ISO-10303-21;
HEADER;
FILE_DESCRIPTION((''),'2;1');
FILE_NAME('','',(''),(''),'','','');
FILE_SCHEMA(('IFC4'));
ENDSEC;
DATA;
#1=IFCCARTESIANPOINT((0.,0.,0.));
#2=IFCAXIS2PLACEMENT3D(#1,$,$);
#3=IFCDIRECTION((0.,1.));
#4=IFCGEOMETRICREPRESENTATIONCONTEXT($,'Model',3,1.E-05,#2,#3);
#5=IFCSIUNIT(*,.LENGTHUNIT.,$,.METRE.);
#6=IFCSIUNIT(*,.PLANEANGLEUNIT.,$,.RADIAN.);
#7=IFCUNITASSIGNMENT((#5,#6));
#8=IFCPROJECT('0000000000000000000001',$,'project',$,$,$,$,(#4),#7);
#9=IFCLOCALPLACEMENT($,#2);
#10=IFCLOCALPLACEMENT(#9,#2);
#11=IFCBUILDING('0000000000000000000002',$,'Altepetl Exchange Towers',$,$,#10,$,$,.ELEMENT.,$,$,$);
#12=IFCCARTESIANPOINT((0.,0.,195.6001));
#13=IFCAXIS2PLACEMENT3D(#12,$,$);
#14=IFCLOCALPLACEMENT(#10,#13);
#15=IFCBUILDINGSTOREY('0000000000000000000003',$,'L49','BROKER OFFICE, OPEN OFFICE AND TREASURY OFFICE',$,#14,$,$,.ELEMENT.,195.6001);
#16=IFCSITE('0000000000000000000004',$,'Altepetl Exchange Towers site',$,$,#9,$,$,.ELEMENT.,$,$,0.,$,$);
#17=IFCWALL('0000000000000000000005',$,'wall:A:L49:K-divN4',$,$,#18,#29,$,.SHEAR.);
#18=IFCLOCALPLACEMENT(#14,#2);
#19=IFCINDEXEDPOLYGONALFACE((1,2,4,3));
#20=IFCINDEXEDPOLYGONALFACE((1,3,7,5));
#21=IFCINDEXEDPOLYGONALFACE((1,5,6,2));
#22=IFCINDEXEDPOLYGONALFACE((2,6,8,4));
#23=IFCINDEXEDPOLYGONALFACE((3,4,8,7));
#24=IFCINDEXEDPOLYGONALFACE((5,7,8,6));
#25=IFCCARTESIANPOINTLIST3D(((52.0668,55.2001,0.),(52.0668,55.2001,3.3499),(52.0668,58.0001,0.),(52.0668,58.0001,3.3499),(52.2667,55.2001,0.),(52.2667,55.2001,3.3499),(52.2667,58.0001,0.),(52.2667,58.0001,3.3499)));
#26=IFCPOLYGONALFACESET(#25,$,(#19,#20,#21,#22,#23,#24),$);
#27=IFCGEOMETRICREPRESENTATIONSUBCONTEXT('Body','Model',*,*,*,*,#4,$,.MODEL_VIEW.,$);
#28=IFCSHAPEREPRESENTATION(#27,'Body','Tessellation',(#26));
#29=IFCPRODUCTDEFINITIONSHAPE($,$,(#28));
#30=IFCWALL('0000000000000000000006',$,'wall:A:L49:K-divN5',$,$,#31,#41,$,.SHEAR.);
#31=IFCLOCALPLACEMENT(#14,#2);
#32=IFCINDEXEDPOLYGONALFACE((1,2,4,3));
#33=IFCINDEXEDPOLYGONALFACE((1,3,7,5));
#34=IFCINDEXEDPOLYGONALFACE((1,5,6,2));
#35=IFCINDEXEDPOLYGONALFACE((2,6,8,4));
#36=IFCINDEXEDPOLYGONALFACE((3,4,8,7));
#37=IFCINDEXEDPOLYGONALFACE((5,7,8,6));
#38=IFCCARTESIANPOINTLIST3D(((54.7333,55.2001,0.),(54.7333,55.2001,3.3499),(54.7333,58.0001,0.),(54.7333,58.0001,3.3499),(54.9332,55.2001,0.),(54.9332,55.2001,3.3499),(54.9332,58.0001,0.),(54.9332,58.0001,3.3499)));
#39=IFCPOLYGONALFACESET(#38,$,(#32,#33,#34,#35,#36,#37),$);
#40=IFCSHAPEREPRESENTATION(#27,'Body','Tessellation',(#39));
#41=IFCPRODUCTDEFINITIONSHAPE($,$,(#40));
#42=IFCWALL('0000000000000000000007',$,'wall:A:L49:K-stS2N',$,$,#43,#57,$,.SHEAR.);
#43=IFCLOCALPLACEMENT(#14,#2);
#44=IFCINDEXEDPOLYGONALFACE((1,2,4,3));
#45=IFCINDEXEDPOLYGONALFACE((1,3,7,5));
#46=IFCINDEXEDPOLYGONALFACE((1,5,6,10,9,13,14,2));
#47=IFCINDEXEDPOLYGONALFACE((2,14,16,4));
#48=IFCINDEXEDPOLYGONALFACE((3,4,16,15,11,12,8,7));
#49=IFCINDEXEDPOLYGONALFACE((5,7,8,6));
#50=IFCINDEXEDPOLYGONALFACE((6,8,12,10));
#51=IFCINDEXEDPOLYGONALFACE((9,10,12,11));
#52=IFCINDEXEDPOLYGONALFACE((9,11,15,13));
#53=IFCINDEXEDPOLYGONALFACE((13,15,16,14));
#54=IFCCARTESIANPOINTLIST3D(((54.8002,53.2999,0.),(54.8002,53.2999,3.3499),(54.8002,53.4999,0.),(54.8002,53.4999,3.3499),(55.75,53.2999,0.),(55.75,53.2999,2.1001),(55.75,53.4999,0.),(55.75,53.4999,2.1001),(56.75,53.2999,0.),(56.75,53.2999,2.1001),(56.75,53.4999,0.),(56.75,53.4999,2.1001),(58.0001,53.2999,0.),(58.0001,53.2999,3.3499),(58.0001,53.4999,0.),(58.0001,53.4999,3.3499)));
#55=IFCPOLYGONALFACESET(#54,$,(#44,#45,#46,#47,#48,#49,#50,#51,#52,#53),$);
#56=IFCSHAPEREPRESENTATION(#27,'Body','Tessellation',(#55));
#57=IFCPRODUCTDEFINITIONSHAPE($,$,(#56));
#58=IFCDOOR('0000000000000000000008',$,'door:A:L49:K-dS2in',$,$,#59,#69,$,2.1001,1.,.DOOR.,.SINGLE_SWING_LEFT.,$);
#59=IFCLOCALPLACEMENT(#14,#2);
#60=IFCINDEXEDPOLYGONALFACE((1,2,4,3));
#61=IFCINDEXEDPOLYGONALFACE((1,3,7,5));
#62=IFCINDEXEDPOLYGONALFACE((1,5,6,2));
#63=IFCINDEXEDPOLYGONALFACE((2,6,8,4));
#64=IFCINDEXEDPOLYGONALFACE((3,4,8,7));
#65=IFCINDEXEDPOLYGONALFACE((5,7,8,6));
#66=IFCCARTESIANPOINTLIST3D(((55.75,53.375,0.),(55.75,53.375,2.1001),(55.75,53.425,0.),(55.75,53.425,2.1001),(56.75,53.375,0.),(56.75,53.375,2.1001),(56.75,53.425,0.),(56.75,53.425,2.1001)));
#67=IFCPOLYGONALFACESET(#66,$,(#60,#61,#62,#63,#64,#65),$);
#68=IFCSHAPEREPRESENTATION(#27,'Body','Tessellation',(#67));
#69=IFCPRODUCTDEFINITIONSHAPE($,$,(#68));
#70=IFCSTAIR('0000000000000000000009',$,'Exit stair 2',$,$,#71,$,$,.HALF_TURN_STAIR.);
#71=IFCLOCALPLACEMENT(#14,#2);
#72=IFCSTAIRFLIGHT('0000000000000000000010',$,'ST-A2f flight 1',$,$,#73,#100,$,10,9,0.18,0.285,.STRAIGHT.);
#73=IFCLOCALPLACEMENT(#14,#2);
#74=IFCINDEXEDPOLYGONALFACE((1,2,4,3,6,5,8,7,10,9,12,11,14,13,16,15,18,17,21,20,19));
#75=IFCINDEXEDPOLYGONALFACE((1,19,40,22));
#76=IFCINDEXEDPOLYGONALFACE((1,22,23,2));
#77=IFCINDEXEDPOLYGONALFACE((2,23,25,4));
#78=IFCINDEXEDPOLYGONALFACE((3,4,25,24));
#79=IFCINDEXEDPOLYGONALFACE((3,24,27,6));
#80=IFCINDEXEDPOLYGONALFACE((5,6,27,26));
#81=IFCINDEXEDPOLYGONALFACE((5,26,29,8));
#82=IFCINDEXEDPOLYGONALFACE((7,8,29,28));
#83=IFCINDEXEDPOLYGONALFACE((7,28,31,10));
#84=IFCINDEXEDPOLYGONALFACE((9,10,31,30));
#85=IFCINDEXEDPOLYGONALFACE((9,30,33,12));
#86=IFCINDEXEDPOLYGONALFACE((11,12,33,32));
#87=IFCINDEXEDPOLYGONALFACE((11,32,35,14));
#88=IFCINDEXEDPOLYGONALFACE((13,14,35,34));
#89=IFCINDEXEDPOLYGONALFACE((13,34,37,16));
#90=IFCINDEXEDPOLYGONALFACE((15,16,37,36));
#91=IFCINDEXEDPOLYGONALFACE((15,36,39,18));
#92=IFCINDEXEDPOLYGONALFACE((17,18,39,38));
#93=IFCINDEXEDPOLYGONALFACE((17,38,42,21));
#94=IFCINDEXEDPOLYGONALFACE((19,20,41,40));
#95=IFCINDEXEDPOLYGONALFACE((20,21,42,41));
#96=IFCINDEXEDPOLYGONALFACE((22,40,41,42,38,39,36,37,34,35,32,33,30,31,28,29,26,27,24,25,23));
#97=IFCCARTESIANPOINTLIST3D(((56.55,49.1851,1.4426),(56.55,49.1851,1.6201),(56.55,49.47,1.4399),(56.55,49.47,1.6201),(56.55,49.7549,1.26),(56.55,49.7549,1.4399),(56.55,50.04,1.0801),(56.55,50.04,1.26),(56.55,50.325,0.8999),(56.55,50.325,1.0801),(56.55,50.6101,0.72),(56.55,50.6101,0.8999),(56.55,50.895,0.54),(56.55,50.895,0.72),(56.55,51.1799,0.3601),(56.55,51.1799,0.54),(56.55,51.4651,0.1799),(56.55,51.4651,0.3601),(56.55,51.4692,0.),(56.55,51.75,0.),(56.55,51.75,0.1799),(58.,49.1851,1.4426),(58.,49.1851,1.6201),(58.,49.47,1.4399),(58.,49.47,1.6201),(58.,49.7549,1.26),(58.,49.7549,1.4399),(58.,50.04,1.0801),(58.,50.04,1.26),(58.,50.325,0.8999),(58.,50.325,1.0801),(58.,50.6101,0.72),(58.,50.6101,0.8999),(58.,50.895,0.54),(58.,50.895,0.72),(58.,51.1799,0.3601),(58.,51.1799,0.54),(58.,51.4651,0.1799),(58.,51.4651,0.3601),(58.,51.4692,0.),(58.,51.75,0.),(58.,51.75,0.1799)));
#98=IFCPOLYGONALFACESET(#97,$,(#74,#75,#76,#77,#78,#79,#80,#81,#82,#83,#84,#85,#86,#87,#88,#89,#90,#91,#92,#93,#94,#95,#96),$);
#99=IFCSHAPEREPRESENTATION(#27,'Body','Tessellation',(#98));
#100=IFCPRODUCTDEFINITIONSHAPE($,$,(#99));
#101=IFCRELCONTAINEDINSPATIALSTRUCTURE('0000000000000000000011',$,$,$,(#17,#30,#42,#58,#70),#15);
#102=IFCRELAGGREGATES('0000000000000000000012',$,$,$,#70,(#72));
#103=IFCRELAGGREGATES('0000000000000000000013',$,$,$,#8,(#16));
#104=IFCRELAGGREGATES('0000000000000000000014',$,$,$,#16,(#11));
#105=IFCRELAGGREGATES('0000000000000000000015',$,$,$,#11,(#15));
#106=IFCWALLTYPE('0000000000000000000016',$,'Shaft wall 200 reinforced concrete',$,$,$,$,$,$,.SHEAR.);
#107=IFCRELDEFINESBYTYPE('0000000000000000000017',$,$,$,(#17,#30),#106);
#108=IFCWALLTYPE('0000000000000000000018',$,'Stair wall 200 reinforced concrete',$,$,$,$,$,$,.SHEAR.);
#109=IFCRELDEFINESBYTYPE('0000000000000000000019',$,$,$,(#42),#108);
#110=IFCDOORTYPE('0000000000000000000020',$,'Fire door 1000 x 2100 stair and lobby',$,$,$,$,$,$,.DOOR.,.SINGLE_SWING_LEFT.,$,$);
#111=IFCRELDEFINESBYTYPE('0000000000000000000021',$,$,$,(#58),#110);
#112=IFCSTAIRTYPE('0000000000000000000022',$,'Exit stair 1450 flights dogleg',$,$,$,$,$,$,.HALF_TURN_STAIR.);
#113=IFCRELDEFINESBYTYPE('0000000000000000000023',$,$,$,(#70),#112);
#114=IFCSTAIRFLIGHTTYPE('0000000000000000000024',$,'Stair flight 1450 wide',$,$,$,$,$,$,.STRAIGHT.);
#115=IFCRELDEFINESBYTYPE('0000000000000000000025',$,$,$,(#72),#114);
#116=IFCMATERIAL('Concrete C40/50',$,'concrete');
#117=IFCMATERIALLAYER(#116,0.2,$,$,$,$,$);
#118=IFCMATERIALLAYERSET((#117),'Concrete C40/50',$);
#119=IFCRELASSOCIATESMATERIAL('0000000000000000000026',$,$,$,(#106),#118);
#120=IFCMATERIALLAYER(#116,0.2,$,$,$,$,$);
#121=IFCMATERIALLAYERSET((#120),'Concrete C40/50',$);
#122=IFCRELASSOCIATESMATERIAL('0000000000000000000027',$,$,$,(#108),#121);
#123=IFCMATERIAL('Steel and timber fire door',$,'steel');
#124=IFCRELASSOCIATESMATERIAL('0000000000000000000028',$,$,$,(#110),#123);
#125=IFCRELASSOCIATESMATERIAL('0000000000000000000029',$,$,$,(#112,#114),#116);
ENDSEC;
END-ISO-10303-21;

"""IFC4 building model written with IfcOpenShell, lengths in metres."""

from ifc_helpers import new_model, si_unit, direction, frame, frame_2d, origin, place, context, subcontext, project, spatial, polyline, rectangle, outline, extrude, material, layer, layer_set, type_object, element, fill, aggregate, save


model = new_model("IFC4")

# Units and contexts
model_context = context("Model", 3, precision=1e-05, world=origin(), true_north=direction((0.0, 1.0)))
body_context = subcontext(model_context, "Body", "Model", "MODEL_VIEW")
ifc_project = project(units=[si_unit("LENGTHUNIT", "METRE"), si_unit("PLANEANGLEUNIT", "RADIAN")], contexts=[model_context])

# Site, building, storey
site_placement = place(None, origin())
site = spatial("IfcSite", under=ifc_project, at=site_placement, Name="Altepetl Exchange Towers site", CompositionType="ELEMENT", RefElevation=0.0)
building_placement = place(site_placement, origin())
building = spatial("IfcBuilding", under=site, at=building_placement, Name="Altepetl Exchange Towers", CompositionType="ELEMENT")
storey_placement = place(building_placement, frame((0.0, 0.0, 195.6001)))
storey = spatial("IfcBuildingStorey", under=building, at=storey_placement, Name="L49", Description="BROKER OFFICE, OPEN OFFICE AND TREASURY OFFICE", CompositionType="ELEMENT", Elevation=195.6001)

# Shared definitions
ifc_material_1 = material(Name="Steel and timber fire door", Category="steel")

# Walls
ifc_material_2 = material(Name="Concrete C40/50", Category="concrete")
ifc_layer_1 = layer(ifc_material_2, 0.2)
ifc_layer_set_1 = layer_set([ifc_layer_1], Name="Concrete C40/50")
wall_type_1 = type_object("IfcWallType", Name="Shaft wall 200 reinforced concrete", PredefinedType="SHEAR", material=ifc_layer_set_1)
for number, where, z_axis, x_axis, name in (
    (1, (52.1667, 58.0, 0.0), (0.0, 0.0, 1.0), (0.0, -1.0, 0.0), "wall:A:L49:K-divN4"),
    (2, (54.8333, 58.0, 0.0), (0.0, 0.0, 1.0), (0.0, -1.0, 0.0), "wall:A:L49:K-divN5"),
):
    element("IfcWall", number, at=place(storey_placement, frame(where, z_axis=z_axis, x_axis=x_axis)), inside=storey, type_object=wall_type_1, Name=name, PredefinedType="SHEAR", context=body_context, shape_type="SweptSolid", body=[
        extrude(rectangle(XDim=2.8, YDim=0.2, at=frame_2d((1.3999, 0.0))), origin(), (0.0, 0.0, 1.0), 3.3499),
    ])

# Wall, opening, door
ifc_layer_2 = layer(ifc_material_2, 0.2)
ifc_layer_set_2 = layer_set([ifc_layer_2], Name="Concrete C40/50")
wall_type_2 = type_object("IfcWallType", Name="Stair wall 200 reinforced concrete", PredefinedType="SHEAR", material=ifc_layer_set_2)
wall_1_placement = place(storey_placement, frame((54.8, 53.3999, 0.0)))
wall_1 = element("IfcWall", 3, at=wall_1_placement, inside=storey, type_object=wall_type_2, Name="wall:A:L49:K-stS2N", PredefinedType="SHEAR", context=body_context, shape_type="SweptSolid", body=[
    extrude(rectangle(XDim=3.2, YDim=0.2, at=frame_2d((1.6001, 0.0))), origin(), (0.0, 0.0, 1.0), 3.3499),
])
opening_1_placement = place(wall_1_placement, frame((0.95, 0.0, 0.0)))
opening_1 = element("IfcOpeningElement", 4, at=opening_1_placement, cuts=wall_1, PredefinedType="OPENING", context=body_context, shape_type="SweptSolid", body=[
    extrude(rectangle(XDim=1.0, YDim=2.1001, at=frame_2d((0.5, 1.05))), frame((0.0, 0.1099, 0.0), z_axis=(0.0, -1.0, 0.0), x_axis=(1.0, 0.0, 0.0)), (0.0, 0.0, 1.0), 0.22),
])
door_type_1 = type_object("IfcDoorType", Name="Fire door 1000 x 2100 stair and lobby", OperationType="SINGLE_SWING_LEFT", PredefinedType="DOOR", material=ifc_material_1)
door_1_placement = place(opening_1_placement, frame((1.0, 0.0, 0.0), x_axis=(-1.0, 0.0, 0.0)))
door_1 = element("IfcDoor", 5, at=door_1_placement, inside=storey, type_object=door_type_1, Name="door:A:L49:K-dS2in", OperationType="SINGLE_SWING_LEFT", OverallHeight=2.1001, OverallWidth=1.0, PredefinedType="DOOR", context=body_context, shape_type="SweptSolid", body=[
    extrude(rectangle(XDim=1.0, YDim=2.1001, at=frame_2d((0.5, 1.05))), frame((0.0, 0.0249, 0.0), z_axis=(0.0, -1.0, 0.0), x_axis=(1.0, 0.0, 0.0)), (0.0, 0.0, 1.0), 0.05),
])
fill(opening_1, door_1)

# Stair, stair flight
stair_type = type_object("IfcStairType", Name="Exit stair 1450 flights dogleg", PredefinedType="HALF_TURN_STAIR", material=ifc_material_2)
stair_placement = place(storey_placement, origin())
stair = element("IfcStair", 6, at=stair_placement, inside=storey, type_object=stair_type, Name="Exit stair 2", PredefinedType="HALF_TURN_STAIR")
stair_flight_type = type_object("IfcStairFlightType", Name="Stair flight 1450 wide", PredefinedType="STRAIGHT", material=ifc_material_2)
stair_flight_placement = place(storey_placement, frame((57.2749, 51.75, 0.0), z_axis=(0.0, 0.0, 1.0), x_axis=(0.0, -1.0, 0.0)))
stair_flight = element("IfcStairFlight", 7, at=stair_flight_placement, type_object=stair_flight_type, Name="ST-A2f flight 1", NumberOfRisers=10, NumberOfTreads=9, PredefinedType="STRAIGHT", RiserHeight=0.18, TreadLength=0.285, context=body_context, shape_type="SweptSolid", body=[
    extrude(outline(polyline([(0.0, 0.0), (0.0, 0.1799), (0.2849, 0.1799), (0.2849, 0.3601), (0.5701, 0.3601), (0.5701, 0.54), (0.855, 0.54), (0.855, 0.72), (1.1399, 0.72), (1.1399, 0.8999), (1.425, 0.8999), (1.425, 1.0801), (1.71, 1.0801), (1.71, 1.26), (1.9951, 1.26), (1.9951, 1.4399), (2.28, 1.4399), (2.28, 1.6201), (2.5649, 1.6201), (2.5649, 1.8), (2.5649, 1.4426), (0.2808, 0.0), (0.0, 0.0)])), frame((0.0, 0.7251, 0.0), z_axis=(0.0, -1.0, 0.0), x_axis=(1.0, 0.0, 0.0)), (0.0, 0.0, 1.0), 1.45),
])
aggregate(stair, [stair_flight])

save(model, "model.ifc")
